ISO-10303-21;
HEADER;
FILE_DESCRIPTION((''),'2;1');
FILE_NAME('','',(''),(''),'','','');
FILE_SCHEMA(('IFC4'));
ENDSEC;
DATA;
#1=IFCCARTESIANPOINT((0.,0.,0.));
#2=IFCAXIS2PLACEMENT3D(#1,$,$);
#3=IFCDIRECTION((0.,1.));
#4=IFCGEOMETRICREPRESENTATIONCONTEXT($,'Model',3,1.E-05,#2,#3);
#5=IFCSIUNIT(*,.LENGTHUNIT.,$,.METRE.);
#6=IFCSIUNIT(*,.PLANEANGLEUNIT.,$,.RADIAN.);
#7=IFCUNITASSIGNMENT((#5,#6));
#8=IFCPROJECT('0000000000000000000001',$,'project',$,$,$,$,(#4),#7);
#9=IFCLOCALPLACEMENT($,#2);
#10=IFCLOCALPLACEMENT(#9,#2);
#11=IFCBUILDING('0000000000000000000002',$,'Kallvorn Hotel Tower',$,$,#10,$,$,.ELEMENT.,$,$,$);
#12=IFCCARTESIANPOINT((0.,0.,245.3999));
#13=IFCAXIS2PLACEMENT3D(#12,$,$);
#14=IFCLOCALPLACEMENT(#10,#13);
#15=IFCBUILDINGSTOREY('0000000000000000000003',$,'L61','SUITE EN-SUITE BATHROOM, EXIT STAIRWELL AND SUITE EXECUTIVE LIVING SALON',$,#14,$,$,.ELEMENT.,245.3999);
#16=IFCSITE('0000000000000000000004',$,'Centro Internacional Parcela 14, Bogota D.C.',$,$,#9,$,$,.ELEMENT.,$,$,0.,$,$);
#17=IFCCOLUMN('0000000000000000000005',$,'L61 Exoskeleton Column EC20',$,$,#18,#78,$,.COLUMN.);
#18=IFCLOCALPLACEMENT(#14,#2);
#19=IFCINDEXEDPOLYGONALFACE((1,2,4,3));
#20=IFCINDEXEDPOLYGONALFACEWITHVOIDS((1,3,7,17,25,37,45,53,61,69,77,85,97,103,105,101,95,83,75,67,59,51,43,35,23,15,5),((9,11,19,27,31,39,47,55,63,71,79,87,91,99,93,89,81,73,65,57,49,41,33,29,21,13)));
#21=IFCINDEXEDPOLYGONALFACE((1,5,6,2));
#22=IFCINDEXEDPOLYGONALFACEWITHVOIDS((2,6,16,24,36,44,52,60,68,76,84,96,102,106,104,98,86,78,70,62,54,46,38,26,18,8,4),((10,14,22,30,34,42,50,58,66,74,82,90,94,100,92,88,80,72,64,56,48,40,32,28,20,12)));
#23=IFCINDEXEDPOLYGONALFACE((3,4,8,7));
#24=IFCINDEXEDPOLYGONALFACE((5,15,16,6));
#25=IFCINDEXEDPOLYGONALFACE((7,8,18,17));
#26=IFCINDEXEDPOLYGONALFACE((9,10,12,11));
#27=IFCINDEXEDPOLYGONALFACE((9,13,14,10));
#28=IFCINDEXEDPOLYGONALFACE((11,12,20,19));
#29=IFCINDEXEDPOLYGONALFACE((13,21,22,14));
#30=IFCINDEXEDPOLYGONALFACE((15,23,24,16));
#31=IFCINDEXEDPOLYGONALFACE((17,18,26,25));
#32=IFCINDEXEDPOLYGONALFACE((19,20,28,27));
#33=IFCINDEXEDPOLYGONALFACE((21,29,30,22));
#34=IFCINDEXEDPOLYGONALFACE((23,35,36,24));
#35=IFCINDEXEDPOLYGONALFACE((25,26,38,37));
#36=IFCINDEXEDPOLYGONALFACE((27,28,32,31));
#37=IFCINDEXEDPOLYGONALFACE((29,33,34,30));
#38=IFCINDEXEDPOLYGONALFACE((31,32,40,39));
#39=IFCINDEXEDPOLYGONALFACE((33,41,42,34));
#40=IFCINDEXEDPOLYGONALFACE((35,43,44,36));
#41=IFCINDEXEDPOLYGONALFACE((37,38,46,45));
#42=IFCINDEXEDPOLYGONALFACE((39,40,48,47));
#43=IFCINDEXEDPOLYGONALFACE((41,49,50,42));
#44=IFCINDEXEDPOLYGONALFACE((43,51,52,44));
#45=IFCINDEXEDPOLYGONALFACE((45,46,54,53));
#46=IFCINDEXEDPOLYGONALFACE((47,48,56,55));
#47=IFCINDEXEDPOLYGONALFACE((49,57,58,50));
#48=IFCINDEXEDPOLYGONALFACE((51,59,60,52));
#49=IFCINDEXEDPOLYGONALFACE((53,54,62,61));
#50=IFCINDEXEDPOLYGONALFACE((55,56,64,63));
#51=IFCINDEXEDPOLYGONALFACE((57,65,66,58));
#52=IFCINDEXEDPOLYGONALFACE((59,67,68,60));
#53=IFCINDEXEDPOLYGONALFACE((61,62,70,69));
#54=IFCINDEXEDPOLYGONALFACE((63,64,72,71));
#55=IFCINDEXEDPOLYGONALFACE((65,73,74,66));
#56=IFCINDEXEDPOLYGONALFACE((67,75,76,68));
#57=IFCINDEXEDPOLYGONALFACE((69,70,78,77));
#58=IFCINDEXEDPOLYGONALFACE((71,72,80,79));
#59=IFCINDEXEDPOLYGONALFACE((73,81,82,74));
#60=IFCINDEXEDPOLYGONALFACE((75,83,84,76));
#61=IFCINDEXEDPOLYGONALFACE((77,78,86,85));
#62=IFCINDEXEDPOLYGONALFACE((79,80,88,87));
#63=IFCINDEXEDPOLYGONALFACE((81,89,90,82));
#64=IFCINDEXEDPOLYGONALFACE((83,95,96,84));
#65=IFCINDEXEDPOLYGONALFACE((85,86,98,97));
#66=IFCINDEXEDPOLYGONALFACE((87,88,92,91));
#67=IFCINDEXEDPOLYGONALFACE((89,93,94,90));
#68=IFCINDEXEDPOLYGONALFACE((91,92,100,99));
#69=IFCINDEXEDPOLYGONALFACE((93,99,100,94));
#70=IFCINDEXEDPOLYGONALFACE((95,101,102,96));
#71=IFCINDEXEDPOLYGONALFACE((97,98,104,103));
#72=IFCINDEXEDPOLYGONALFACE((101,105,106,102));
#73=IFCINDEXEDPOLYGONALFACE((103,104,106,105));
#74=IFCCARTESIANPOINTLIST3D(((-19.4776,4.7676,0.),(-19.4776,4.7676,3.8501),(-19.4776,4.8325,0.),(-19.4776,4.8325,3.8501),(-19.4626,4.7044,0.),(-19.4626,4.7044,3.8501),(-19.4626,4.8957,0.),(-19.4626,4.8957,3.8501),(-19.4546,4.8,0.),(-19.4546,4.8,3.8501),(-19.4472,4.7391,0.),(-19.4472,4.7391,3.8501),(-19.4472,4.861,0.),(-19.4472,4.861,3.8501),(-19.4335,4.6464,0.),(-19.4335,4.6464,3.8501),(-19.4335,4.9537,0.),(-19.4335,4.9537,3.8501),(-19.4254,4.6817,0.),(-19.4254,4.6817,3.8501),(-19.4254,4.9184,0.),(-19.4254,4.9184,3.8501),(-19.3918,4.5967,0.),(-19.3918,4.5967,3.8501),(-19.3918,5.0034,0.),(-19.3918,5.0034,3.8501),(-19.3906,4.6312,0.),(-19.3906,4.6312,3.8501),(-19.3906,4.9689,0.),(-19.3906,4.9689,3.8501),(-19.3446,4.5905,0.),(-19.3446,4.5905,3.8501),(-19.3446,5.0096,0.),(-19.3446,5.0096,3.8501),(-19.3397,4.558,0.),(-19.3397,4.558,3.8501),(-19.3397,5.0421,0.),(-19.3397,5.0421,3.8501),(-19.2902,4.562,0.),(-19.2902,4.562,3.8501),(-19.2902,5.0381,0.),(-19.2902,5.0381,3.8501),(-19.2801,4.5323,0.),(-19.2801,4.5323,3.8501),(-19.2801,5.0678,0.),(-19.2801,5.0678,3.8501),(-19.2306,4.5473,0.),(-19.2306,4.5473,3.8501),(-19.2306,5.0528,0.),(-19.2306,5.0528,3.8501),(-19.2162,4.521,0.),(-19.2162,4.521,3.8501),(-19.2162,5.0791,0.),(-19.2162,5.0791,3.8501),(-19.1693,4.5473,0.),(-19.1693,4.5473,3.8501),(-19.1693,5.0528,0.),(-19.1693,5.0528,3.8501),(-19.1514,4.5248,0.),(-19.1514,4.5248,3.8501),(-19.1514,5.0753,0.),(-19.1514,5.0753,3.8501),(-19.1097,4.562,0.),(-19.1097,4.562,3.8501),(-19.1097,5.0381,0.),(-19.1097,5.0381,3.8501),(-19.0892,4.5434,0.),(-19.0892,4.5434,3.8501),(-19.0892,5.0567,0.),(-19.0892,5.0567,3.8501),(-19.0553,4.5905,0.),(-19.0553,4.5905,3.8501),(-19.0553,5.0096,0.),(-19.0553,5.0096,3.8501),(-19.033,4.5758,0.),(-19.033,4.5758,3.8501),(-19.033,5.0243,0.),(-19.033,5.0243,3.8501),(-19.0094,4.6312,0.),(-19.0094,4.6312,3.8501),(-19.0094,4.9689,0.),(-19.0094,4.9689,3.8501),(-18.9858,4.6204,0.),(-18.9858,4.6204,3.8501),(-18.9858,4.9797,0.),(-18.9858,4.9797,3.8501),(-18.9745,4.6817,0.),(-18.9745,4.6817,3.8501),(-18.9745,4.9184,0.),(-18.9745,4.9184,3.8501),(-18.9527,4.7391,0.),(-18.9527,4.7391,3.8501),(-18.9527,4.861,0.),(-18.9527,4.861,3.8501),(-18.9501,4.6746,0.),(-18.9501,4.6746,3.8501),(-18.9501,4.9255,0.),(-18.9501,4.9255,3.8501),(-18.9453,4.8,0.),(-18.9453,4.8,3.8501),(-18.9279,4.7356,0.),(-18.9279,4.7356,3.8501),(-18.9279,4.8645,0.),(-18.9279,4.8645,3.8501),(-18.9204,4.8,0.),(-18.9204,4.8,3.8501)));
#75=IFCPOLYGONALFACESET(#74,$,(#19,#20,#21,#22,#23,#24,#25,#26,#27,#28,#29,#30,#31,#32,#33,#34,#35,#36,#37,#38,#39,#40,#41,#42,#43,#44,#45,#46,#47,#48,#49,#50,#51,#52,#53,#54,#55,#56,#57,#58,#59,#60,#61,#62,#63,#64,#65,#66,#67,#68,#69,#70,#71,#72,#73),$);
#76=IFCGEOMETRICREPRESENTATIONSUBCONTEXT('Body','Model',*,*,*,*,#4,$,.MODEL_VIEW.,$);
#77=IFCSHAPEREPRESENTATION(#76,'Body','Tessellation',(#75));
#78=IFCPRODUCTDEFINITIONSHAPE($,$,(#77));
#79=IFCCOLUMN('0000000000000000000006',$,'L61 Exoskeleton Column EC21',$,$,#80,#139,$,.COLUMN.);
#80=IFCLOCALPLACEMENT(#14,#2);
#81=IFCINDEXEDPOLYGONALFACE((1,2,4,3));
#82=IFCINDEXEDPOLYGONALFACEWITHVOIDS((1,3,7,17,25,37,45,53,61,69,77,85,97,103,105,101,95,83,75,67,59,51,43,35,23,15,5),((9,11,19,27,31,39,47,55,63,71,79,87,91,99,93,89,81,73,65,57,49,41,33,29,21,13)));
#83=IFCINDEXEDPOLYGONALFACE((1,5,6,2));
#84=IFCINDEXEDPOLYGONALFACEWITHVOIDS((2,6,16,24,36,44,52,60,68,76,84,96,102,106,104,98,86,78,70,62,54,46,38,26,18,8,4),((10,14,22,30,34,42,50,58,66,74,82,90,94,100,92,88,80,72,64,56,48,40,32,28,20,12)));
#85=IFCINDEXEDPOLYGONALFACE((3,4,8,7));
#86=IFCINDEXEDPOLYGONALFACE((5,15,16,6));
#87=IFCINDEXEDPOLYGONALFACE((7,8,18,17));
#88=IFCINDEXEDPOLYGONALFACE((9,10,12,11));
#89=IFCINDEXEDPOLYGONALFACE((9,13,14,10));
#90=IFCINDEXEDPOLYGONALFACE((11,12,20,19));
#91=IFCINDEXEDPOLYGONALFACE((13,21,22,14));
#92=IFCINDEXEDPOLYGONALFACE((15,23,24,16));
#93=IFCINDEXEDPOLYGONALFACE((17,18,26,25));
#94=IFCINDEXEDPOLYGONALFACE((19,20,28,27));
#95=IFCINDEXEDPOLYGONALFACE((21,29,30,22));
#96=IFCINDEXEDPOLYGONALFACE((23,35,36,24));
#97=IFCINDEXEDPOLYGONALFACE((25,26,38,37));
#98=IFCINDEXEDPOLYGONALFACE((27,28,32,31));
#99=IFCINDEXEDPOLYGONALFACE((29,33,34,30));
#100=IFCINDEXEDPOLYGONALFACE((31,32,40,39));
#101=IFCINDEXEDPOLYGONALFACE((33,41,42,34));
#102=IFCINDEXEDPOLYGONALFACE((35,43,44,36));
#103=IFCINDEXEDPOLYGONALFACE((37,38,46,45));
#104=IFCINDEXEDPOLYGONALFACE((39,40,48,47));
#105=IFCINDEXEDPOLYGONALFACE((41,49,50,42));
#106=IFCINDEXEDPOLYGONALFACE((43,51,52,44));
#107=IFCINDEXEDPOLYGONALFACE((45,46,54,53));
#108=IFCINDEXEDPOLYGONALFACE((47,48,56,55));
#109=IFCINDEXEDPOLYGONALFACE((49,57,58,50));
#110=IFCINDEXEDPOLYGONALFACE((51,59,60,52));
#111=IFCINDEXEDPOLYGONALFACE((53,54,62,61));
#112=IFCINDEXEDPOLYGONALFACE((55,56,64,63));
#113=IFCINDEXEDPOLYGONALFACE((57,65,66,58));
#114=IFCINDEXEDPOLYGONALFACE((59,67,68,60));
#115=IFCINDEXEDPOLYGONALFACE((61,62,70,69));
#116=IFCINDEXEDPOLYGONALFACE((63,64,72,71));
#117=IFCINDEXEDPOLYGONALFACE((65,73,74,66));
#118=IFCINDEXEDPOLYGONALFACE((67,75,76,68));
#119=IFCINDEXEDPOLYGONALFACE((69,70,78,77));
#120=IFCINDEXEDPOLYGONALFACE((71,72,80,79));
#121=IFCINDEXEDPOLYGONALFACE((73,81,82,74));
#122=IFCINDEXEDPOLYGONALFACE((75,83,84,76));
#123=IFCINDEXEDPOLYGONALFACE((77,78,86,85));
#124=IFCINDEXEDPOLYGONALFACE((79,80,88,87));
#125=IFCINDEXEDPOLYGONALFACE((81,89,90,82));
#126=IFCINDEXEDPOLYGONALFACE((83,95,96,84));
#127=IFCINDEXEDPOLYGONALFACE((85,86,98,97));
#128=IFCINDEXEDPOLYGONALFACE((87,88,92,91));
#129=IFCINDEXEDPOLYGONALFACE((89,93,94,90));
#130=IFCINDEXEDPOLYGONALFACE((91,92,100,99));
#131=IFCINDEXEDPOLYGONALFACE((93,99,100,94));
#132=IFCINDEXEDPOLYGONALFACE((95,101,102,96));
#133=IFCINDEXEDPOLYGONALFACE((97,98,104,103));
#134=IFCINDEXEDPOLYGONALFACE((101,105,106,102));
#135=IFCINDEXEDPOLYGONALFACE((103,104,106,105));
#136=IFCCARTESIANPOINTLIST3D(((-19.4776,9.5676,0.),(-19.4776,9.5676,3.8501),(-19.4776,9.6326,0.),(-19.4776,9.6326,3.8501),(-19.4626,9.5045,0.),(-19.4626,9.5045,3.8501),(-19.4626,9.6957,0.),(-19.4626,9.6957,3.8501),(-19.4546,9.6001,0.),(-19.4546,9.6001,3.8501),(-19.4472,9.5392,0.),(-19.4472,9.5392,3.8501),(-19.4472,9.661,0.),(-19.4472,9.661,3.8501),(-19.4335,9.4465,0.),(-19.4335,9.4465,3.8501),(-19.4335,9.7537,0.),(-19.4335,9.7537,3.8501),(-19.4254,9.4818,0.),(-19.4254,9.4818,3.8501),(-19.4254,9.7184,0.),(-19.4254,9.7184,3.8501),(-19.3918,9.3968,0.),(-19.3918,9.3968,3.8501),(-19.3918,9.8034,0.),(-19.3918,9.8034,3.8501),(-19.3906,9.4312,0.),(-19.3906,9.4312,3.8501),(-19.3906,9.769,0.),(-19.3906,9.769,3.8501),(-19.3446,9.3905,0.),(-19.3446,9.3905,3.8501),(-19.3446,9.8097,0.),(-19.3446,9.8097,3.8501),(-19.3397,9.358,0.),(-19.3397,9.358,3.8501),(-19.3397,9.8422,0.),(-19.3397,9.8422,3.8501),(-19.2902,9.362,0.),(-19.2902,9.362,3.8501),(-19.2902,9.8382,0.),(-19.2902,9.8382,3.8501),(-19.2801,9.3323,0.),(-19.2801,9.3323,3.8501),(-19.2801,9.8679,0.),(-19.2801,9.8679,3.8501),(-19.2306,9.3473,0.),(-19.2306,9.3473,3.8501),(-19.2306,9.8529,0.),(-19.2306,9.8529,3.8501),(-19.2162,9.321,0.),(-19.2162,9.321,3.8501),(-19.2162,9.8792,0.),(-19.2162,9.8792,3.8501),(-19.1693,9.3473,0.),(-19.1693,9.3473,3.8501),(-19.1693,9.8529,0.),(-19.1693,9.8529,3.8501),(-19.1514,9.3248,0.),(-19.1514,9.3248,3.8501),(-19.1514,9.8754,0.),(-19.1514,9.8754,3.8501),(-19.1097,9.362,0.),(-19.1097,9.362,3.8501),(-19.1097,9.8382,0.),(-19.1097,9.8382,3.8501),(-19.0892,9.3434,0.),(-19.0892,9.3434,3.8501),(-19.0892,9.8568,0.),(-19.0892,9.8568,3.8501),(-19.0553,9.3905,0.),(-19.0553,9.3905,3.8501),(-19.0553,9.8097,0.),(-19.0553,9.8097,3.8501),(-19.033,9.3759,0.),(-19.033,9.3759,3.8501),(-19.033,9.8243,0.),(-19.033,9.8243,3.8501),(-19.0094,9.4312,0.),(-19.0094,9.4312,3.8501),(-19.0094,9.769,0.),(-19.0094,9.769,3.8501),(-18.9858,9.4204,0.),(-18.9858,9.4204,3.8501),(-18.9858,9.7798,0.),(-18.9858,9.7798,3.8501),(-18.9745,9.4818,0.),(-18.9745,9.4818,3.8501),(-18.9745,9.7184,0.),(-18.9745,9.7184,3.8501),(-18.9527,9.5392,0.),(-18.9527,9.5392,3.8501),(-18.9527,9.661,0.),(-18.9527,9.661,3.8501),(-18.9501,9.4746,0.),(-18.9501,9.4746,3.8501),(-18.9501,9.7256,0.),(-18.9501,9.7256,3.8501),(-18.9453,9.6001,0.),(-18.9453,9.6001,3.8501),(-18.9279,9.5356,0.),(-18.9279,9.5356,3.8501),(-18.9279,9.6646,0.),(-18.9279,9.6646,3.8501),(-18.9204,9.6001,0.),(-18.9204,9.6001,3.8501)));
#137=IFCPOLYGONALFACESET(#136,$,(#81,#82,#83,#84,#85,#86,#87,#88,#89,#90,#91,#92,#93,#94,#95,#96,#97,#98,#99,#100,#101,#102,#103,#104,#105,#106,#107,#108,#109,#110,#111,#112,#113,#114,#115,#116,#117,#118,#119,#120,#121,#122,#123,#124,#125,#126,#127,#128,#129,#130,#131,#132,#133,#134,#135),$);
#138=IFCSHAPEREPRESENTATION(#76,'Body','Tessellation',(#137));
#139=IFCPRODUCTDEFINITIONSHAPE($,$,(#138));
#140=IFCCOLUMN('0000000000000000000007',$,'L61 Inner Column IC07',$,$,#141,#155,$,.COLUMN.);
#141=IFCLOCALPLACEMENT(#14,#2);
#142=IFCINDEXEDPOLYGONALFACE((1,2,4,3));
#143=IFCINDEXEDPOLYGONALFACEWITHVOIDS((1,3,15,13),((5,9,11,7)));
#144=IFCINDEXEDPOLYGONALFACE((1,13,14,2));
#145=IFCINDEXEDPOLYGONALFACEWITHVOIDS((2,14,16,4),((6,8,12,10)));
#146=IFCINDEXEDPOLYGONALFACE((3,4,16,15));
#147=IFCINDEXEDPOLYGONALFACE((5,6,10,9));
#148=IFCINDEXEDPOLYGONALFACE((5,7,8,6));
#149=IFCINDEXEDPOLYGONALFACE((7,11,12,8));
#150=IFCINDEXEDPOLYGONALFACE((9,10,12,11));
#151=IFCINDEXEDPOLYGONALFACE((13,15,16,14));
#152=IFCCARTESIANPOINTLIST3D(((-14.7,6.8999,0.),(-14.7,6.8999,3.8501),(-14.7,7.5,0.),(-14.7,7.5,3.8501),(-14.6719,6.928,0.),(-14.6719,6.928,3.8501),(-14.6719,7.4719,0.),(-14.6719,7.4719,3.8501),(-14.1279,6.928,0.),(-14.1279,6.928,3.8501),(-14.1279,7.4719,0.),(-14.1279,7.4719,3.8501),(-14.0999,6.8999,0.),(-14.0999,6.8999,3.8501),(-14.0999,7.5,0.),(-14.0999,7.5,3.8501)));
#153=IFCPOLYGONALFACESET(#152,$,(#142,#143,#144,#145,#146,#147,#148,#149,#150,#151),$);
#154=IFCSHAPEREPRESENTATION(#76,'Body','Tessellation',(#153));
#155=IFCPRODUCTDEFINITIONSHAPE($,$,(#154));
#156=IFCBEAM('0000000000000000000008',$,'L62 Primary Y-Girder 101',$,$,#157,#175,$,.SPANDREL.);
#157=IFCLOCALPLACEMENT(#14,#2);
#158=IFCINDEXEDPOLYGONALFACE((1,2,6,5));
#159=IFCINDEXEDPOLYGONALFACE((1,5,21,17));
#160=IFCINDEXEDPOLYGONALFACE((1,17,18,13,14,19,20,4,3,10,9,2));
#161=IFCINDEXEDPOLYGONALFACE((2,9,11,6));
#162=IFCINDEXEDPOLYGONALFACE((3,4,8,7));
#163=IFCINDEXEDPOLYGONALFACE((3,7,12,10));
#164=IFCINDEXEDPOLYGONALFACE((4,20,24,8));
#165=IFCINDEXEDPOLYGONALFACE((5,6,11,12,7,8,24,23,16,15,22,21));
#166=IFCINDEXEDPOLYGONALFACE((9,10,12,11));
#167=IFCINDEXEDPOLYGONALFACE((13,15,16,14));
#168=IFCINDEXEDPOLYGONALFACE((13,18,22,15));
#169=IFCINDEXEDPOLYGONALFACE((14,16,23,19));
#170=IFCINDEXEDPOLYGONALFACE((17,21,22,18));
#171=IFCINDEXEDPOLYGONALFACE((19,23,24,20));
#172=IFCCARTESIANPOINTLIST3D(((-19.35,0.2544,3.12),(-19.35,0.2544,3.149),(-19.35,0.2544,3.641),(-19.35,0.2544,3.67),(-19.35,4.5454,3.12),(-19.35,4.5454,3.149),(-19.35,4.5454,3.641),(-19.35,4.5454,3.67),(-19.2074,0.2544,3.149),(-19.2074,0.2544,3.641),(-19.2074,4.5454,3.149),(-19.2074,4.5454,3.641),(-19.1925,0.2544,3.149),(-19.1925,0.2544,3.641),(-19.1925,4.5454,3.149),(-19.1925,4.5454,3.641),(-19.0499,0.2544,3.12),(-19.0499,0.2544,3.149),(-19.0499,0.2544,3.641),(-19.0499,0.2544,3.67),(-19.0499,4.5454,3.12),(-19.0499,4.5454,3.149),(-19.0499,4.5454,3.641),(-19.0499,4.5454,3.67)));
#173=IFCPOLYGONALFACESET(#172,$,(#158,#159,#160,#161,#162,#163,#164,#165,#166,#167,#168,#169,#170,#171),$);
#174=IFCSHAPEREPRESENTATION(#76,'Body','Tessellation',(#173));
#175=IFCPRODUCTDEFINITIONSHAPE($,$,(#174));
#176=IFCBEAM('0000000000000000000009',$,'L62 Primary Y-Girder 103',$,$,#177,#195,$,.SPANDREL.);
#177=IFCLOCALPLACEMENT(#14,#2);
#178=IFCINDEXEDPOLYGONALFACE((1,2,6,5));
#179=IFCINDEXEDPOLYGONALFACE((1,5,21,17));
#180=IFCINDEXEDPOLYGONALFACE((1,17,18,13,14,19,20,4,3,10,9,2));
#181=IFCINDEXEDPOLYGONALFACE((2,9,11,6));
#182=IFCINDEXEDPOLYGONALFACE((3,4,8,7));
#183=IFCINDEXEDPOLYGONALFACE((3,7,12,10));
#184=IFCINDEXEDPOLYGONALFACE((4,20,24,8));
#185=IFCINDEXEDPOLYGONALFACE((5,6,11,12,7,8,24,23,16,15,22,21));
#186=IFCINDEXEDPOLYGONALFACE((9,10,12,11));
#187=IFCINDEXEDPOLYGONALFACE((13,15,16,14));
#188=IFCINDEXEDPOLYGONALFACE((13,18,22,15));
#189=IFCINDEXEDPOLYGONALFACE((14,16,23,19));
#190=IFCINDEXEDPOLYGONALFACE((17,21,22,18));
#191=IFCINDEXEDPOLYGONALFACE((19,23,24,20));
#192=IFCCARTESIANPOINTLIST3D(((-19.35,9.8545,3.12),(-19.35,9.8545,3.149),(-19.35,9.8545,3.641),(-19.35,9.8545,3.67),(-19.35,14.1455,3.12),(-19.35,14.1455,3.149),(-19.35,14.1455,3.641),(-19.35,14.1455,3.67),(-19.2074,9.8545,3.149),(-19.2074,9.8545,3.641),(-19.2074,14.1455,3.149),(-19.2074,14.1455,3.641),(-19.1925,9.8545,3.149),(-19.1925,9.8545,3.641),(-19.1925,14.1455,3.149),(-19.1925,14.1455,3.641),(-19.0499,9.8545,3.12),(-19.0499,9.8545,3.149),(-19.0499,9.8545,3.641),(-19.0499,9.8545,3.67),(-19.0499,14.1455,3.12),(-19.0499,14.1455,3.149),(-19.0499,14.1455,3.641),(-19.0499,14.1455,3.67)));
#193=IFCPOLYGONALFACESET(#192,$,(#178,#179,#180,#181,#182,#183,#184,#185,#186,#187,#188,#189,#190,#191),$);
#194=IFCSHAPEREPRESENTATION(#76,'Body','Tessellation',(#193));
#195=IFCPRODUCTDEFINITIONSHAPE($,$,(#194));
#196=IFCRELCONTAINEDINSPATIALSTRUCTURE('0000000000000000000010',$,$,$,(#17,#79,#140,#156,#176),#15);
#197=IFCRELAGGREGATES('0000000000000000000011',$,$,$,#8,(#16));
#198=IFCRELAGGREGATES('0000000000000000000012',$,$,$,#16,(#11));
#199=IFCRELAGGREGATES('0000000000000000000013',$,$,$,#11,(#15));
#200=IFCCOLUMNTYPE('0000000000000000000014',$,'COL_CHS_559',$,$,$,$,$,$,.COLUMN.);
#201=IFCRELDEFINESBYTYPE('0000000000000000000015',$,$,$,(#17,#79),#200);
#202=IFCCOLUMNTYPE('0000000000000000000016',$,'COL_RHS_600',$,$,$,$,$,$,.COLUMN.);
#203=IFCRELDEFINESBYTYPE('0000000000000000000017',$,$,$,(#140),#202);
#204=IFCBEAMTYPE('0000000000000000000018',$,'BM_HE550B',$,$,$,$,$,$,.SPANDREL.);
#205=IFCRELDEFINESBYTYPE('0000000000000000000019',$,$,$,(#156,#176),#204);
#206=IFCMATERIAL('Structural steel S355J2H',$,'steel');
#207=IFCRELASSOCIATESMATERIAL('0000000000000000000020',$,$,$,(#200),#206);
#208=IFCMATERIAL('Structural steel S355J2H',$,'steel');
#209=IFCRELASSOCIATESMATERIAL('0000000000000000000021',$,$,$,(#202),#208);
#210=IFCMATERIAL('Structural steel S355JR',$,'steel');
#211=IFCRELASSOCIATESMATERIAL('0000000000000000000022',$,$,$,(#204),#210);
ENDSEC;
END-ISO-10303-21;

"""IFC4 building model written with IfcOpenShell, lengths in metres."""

from ifc_helpers import new_model, si_unit, direction, frame, origin, origin_2d, place, context, subcontext, project, spatial, hollow_rectangle, hollow_circle, i_section, extrude, material, material_profile, profile_set, type_object, element, save


model = new_model("IFC4")

# Units and contexts
model_context = context("Model", 3, precision=1e-05, world=origin(), true_north=direction((0.0, 1.0)))
body_context = subcontext(model_context, "Body", "Model", "MODEL_VIEW")
ifc_project = project(units=[si_unit("LENGTHUNIT", "METRE"), si_unit("PLANEANGLEUNIT", "RADIAN")], contexts=[model_context])

# Site, building, storey
site_placement = place(None, origin())
site = spatial("IfcSite", under=ifc_project, at=site_placement, Name="Centro Internacional Parcela 14, Bogota D.C.", CompositionType="ELEMENT", RefElevation=0.0)
building_placement = place(site_placement, origin())
building = spatial("IfcBuilding", under=site, at=building_placement, Name="Kallvorn Hotel Tower", CompositionType="ELEMENT")
storey_placement = place(building_placement, frame((0.0, 0.0, 245.3999)))
storey = spatial("IfcBuildingStorey", under=building, at=storey_placement, Name="L61", Description="SUITE EN-SUITE BATHROOM, EXIT STAIRWELL AND SUITE EXECUTIVE LIVING SALON", CompositionType="ELEMENT", Elevation=245.3999)

# Columns
ifc_material_1 = material(Name="Structural steel S355J2H", Category="steel")
ifc_material_profile_1 = material_profile(ifc_material_1, hollow_circle(Radius=0.2795, WallThickness=0.0249, at=origin_2d()), Name="CHS 559x25")
ifc_profile_set_1 = profile_set([ifc_material_profile_1], Name="Structural steel S355J2H")
column_type_1 = type_object("IfcColumnType", Name="COL_CHS_559", PredefinedType="COLUMN", material=ifc_profile_set_1)
for number, where, z_axis, x_axis, name in (
    (1, (-19.2, 4.8, 0.0), (0.0, 0.0, 1.0), (1.0, 0.0, 0.0), "L61 Exoskeleton Column EC20"),
    (2, (-19.2, 9.6001, 0.0), (0.0, 0.0, 1.0), (1.0, 0.0, 0.0), "L61 Exoskeleton Column EC21"),
):
    element("IfcColumn", number, at=place(storey_placement, frame(where, z_axis=z_axis, x_axis=x_axis)), inside=storey, type_object=column_type_1, Name=name, PredefinedType="COLUMN", context=body_context, shape_type="SweptSolid", body=[
        extrude(hollow_circle(Radius=0.2795, WallThickness=0.0249, at=origin_2d()), origin(), (0.0, 0.0, 1.0), 3.8501),
    ])
ifc_material_2 = material(Name="Structural steel S355J2H", Category="steel")
ifc_material_profile_2 = material_profile(ifc_material_2, hollow_rectangle(XDim=0.6001, YDim=0.6001, WallThickness=0.0281, at=origin_2d()), Name="RHS 600x600x28")
ifc_profile_set_2 = profile_set([ifc_material_profile_2], Name="Structural steel S355J2H")
column_type_2 = type_object("IfcColumnType", Name="COL_RHS_600", PredefinedType="COLUMN", material=ifc_profile_set_2)
column_placement = place(storey_placement, frame((-14.3999, 7.2, 0.0), z_axis=(0.0, 0.0, 1.0), x_axis=(1.0, 0.0, 0.0)))
element("IfcColumn", 3, at=column_placement, inside=storey, type_object=column_type_2, Name="L61 Inner Column IC07", PredefinedType="COLUMN", context=body_context, shape_type="SweptSolid", body=[
    extrude(hollow_rectangle(XDim=0.6001, YDim=0.6001, WallThickness=0.0281, at=origin_2d()), origin(), (0.0, 0.0, 1.0), 3.8501),
])

# Beams
ifc_material_3 = material(Name="Structural steel S355JR", Category="steel")
ifc_material_profile_3 = material_profile(ifc_material_3, i_section(OverallWidth=0.3, OverallDepth=0.55, WebThickness=0.0149, FlangeThickness=0.0291, at=origin_2d()), Name="HE 550 B")
ifc_profile_set_3 = profile_set([ifc_material_profile_3], Name="Structural steel S355JR")
beam_type_1 = type_object("IfcBeamType", Name="BM_HE550B", PredefinedType="SPANDREL", material=ifc_profile_set_3)
for number, where, z_axis, x_axis, name in (
    (4, (-19.2, 0.2544, 3.395), (0.0, 1.0, 0.0), (-1.0, 0.0, 0.0), "L62 Primary Y-Girder 101"),
    (5, (-19.2, 9.8545, 3.395), (0.0, 1.0, 0.0), (-1.0, 0.0, 0.0), "L62 Primary Y-Girder 103"),
):
    element("IfcBeam", number, at=place(storey_placement, frame(where, z_axis=z_axis, x_axis=x_axis)), inside=storey, type_object=beam_type_1, Name=name, PredefinedType="SPANDREL", context=body_context, shape_type="SweptSolid", body=[
        extrude(i_section(OverallWidth=0.3, OverallDepth=0.55, WebThickness=0.0149, FlangeThickness=0.0291, at=origin_2d()), origin(), (0.0, 0.0, 1.0), 4.291),
    ])

save(model, "model.ifc")
